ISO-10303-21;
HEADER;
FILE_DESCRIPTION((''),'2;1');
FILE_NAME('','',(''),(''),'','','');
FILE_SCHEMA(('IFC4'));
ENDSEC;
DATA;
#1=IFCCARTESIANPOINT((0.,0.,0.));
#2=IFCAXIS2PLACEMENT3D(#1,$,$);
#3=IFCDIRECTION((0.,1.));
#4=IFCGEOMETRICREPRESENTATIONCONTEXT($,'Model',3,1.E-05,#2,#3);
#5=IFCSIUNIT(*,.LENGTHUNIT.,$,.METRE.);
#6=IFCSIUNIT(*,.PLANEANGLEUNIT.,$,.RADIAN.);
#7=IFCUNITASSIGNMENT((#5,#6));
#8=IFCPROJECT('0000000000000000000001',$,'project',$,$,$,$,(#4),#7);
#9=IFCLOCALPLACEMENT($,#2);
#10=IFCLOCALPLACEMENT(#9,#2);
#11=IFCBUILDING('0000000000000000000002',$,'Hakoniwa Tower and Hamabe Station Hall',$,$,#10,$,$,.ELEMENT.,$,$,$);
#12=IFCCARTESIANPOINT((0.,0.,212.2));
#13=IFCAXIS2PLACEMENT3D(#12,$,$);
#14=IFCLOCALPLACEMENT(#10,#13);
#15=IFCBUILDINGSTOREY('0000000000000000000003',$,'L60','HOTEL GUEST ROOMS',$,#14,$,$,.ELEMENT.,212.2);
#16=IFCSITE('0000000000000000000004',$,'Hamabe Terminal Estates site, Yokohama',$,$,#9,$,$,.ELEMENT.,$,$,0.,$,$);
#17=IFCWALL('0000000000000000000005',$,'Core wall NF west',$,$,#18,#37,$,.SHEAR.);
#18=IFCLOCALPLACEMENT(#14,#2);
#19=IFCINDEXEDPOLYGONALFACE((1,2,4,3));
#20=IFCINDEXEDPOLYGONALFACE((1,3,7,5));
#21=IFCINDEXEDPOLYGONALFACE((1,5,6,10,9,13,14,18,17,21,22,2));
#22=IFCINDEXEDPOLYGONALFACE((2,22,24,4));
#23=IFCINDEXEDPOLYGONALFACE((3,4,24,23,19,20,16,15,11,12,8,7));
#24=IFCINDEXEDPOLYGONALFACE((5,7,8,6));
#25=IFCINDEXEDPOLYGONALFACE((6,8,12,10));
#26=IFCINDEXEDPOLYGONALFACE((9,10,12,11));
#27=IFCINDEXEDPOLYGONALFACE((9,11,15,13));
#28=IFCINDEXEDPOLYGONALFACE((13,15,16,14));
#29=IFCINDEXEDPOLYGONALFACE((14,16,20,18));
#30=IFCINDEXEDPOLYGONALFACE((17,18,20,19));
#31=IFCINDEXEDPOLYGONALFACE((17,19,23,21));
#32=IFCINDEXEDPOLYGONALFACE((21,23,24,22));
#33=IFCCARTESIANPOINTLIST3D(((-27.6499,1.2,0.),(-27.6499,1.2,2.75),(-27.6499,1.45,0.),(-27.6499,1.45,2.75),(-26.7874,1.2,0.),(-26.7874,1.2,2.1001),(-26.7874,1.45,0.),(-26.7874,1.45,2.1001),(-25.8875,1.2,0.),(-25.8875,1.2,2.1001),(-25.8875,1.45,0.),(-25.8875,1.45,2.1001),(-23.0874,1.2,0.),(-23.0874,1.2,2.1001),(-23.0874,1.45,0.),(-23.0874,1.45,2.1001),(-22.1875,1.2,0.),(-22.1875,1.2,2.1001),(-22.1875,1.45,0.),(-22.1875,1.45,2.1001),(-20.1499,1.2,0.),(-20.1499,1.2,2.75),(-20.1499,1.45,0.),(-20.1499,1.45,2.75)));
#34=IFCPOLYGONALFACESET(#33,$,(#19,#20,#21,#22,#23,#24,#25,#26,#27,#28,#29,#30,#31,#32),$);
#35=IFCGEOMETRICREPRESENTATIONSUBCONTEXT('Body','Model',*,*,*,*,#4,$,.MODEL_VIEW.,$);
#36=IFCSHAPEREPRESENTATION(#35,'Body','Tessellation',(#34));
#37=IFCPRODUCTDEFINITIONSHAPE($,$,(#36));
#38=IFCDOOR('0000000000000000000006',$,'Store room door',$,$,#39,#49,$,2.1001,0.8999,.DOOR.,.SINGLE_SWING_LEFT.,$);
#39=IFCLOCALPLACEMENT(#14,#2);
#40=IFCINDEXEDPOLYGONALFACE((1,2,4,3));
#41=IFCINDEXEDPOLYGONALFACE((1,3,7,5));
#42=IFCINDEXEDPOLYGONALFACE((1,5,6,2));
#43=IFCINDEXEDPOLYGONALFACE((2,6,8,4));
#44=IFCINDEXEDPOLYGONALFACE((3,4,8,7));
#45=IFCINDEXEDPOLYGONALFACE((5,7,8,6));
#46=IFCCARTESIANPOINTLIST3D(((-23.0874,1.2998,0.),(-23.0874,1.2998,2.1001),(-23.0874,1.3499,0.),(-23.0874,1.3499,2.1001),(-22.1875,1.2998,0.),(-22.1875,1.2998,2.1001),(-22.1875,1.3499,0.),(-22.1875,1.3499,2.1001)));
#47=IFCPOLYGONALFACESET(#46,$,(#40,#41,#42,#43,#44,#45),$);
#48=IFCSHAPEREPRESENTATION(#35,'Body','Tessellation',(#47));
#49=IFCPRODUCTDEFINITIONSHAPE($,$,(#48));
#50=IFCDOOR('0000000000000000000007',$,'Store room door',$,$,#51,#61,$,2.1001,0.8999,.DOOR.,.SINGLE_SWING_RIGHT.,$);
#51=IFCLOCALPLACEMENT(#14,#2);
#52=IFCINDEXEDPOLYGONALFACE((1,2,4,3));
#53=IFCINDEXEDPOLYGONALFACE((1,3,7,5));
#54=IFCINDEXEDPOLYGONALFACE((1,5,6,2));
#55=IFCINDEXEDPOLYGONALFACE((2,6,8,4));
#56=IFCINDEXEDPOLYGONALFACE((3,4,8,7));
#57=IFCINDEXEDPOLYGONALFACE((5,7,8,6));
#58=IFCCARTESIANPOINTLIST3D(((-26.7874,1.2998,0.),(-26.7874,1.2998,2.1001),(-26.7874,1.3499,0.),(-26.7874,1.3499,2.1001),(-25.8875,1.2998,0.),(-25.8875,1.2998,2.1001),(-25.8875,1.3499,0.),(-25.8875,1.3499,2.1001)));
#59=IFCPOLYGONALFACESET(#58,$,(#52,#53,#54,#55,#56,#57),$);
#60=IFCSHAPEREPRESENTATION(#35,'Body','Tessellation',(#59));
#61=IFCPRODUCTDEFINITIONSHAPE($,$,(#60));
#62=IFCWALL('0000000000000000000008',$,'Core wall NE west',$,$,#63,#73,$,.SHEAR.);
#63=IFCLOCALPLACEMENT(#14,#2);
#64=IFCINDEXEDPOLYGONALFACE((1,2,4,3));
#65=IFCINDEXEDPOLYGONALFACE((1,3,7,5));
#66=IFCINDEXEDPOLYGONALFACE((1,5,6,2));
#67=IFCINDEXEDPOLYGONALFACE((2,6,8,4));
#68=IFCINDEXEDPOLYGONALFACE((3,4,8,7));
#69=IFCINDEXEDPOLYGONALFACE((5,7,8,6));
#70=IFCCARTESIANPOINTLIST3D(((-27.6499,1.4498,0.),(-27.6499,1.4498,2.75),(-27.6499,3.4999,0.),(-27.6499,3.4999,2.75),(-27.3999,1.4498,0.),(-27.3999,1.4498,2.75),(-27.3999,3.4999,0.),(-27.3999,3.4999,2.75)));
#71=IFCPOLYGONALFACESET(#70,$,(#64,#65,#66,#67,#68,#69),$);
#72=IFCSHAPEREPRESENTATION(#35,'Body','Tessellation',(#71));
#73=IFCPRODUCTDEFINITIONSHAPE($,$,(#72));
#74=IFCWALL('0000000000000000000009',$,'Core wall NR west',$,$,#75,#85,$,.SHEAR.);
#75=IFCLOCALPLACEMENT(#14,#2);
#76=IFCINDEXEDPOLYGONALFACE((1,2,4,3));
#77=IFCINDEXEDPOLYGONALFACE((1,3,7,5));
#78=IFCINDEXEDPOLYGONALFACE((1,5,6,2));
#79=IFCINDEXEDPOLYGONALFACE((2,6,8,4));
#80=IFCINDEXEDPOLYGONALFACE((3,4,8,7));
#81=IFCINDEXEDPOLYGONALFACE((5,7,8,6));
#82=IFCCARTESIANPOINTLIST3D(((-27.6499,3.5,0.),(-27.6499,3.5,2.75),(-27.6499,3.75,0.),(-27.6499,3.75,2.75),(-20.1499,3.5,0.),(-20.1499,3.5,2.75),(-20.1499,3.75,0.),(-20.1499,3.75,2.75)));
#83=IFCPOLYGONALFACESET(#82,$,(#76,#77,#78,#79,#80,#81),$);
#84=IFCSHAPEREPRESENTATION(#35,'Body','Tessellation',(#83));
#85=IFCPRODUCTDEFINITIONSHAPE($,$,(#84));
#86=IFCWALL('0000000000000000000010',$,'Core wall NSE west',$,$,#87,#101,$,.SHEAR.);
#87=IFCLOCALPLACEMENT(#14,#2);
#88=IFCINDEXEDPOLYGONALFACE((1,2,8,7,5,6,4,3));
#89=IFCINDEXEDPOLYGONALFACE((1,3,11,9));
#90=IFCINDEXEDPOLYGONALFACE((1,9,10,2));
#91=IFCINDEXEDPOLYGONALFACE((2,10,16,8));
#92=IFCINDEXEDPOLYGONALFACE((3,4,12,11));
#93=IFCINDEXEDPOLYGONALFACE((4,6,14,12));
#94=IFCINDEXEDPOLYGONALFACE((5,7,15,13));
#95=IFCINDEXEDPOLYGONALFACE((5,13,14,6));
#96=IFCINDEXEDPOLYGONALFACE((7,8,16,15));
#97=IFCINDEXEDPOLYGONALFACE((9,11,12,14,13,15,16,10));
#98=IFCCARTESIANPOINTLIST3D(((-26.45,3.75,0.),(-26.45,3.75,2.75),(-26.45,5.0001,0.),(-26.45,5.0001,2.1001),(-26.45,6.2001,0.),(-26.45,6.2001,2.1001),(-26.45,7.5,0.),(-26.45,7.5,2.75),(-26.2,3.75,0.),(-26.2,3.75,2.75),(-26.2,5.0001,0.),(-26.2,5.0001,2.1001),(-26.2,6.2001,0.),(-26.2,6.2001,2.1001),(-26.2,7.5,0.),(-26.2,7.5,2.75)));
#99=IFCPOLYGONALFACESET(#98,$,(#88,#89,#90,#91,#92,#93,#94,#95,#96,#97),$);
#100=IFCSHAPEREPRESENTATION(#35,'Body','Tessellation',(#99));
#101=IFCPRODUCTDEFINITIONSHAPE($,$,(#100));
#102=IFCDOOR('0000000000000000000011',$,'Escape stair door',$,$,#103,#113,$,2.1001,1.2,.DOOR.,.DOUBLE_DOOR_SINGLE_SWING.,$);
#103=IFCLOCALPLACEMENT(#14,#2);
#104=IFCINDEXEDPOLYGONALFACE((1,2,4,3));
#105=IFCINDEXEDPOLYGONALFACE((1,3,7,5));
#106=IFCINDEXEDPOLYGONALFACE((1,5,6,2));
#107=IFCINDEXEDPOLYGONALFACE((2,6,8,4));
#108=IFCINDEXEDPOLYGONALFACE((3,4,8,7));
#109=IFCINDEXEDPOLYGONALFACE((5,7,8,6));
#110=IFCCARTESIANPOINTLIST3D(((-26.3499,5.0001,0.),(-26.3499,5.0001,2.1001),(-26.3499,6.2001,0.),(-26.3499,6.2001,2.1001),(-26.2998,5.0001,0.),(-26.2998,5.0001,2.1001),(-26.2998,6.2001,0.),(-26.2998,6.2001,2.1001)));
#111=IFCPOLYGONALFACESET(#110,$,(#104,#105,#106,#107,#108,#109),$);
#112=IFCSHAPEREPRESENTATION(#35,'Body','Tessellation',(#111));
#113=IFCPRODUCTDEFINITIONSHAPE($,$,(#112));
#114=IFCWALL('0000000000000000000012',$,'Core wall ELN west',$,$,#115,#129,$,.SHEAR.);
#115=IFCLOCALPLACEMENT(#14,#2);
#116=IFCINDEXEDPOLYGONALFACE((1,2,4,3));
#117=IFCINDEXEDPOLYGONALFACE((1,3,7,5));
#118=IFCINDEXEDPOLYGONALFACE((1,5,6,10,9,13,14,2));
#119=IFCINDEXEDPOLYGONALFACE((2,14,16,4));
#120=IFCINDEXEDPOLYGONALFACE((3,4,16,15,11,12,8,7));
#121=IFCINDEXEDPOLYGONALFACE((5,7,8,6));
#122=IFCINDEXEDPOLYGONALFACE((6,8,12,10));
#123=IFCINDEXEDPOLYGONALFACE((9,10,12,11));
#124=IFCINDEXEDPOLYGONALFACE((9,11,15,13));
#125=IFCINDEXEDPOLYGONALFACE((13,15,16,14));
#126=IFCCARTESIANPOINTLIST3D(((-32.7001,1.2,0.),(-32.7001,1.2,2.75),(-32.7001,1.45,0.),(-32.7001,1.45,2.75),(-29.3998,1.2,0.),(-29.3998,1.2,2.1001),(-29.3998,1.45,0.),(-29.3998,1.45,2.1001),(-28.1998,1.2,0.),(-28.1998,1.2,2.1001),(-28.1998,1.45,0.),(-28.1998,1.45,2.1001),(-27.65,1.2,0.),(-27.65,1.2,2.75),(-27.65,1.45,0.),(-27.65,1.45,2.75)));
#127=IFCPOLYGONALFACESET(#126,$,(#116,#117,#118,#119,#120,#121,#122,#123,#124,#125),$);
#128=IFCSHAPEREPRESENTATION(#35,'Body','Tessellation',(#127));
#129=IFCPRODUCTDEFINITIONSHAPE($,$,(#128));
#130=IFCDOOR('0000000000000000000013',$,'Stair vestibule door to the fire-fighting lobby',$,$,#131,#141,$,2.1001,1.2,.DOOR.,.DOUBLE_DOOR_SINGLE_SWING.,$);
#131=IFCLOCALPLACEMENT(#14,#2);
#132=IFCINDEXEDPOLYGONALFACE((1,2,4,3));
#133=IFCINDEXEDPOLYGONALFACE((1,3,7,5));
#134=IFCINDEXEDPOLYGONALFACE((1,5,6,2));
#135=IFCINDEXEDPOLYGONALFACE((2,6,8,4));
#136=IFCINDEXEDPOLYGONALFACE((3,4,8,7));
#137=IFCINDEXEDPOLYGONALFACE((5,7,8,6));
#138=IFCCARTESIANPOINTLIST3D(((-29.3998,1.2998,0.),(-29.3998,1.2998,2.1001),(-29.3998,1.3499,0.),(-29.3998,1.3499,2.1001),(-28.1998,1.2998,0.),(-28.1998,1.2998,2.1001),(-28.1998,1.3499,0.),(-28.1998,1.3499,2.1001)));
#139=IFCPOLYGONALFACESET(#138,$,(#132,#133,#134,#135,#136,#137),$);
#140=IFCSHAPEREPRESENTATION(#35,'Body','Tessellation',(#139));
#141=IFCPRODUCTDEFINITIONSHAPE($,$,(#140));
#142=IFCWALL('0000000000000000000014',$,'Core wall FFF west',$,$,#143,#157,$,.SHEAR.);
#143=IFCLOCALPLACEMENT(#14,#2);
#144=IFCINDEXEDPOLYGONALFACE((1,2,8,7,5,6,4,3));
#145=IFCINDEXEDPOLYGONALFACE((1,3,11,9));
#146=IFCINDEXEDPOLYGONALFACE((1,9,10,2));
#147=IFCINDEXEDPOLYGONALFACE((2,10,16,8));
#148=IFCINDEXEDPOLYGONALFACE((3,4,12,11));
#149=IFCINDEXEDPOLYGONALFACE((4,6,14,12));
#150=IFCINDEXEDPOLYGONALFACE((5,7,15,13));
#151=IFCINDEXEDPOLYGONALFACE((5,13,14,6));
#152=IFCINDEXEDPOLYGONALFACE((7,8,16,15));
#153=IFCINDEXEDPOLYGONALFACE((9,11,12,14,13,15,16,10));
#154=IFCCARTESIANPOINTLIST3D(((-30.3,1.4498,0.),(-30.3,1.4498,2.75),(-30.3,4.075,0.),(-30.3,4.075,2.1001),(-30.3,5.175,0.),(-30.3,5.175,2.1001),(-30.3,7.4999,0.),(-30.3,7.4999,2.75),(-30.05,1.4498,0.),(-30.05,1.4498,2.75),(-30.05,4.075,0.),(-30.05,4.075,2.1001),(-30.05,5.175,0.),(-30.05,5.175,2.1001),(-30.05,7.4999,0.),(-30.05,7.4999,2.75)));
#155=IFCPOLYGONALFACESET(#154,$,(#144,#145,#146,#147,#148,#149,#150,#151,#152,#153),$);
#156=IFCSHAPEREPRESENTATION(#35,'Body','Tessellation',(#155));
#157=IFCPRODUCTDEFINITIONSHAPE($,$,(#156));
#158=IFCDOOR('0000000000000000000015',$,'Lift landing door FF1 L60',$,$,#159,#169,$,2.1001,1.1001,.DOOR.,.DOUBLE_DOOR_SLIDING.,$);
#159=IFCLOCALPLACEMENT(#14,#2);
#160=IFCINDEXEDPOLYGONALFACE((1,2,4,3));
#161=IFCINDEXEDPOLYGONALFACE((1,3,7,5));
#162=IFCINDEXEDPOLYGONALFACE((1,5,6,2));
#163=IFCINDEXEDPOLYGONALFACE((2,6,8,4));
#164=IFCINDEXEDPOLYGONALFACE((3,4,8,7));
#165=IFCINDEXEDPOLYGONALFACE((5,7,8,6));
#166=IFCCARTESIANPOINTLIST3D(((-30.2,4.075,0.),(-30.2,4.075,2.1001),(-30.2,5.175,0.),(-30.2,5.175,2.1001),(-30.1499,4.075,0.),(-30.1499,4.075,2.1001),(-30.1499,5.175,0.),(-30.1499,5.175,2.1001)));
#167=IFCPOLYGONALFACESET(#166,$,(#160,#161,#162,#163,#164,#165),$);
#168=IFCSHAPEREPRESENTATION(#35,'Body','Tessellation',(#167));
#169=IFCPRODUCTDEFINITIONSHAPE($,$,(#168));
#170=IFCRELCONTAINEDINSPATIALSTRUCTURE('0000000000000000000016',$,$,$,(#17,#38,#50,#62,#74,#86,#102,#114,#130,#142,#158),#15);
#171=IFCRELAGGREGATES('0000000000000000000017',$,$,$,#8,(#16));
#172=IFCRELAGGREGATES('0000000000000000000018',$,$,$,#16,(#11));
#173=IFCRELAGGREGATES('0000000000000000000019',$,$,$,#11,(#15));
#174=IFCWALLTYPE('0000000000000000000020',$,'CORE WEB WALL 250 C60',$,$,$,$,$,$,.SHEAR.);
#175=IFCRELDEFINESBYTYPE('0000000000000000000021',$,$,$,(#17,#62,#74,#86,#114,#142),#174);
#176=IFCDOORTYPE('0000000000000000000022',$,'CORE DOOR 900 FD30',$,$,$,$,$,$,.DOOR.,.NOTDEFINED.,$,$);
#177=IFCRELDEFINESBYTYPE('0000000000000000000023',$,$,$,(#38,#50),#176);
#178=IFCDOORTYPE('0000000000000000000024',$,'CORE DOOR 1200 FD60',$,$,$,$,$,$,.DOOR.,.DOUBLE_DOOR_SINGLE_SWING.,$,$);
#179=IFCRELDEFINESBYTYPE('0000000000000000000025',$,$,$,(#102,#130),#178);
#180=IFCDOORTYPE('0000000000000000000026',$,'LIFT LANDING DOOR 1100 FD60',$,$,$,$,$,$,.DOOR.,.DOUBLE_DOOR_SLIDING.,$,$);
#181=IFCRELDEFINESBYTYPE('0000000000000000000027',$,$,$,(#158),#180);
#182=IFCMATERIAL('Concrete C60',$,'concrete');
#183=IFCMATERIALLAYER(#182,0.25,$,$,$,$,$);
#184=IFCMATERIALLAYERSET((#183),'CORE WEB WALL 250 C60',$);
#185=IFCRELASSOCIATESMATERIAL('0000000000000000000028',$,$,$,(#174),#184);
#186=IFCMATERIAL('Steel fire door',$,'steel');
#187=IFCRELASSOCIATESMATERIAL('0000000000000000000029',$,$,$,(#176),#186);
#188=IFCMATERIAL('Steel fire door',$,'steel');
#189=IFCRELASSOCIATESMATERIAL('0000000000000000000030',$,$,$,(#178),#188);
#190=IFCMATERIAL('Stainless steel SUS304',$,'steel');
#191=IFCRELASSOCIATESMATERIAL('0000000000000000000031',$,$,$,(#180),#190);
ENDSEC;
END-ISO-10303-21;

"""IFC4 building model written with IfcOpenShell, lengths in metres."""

from ifc_helpers import new_model, si_unit, direction, frame, frame_2d, origin, place, context, subcontext, project, spatial, rectangle, extrude, material, layer, layer_set, type_object, element, fill, save


model = new_model("IFC4")

# Units and contexts
model_context = context("Model", 3, precision=1e-05, world=origin(), true_north=direction((0.0, 1.0)))
body_context = subcontext(model_context, "Body", "Model", "MODEL_VIEW")
ifc_project = project(units=[si_unit("LENGTHUNIT", "METRE"), si_unit("PLANEANGLEUNIT", "RADIAN")], contexts=[model_context])

# Site, building, storey
site_placement = place(None, origin())
site = spatial("IfcSite", under=ifc_project, at=site_placement, Name="Hamabe Terminal Estates site, Yokohama", CompositionType="ELEMENT", RefElevation=0.0)
building_placement = place(site_placement, origin())
building = spatial("IfcBuilding", under=site, at=building_placement, Name="Hakoniwa Tower and Hamabe Station Hall", CompositionType="ELEMENT")
storey_placement = place(building_placement, frame((0.0, 0.0, 212.2)))
storey = spatial("IfcBuildingStorey", under=building, at=storey_placement, Name="L60", Description="HOTEL GUEST ROOMS", CompositionType="ELEMENT", Elevation=212.2)

# Wall, openings, doors
ifc_material_1 = material(Name="Concrete C60", Category="concrete")
ifc_layer_1 = layer(ifc_material_1, 0.25)
ifc_layer_set_1 = layer_set([ifc_layer_1], Name="CORE WEB WALL 250 C60")
wall_type_1 = type_object("IfcWallType", Name="CORE WEB WALL 250 C60", PredefinedType="SHEAR", material=ifc_layer_set_1)
wall_1_placement = place(storey_placement, frame((-27.6499, 1.325, 0.0), z_axis=(0.0, 0.0, 1.0), x_axis=(1.0, 0.0, 0.0)))
wall_1 = element("IfcWall", 1, at=wall_1_placement, inside=storey, type_object=wall_type_1, Name="Core wall NF west", PredefinedType="SHEAR", context=body_context, shape_type="SweptSolid", body=[
    extrude(rectangle(XDim=7.5, YDim=0.25, at=frame_2d((3.75, 0.0))), origin(), (0.0, 0.0, 1.0), 2.75),
])
opening_1_placement = place(wall_1_placement, frame((4.5625, 0.0, 0.0)))
opening_1 = element("IfcOpeningElement", 2, at=opening_1_placement, cuts=wall_1, PredefinedType="OPENING", context=body_context, shape_type="SweptSolid", body=[
    extrude(rectangle(XDim=0.8999, YDim=2.1001, at=frame_2d((0.45, 1.05))), frame((0.0, 0.135, 0.0), z_axis=(0.0, -1.0, 0.0), x_axis=(1.0, 0.0, 0.0)), (0.0, 0.0, 1.0), 0.27),
])
opening_2_placement = place(wall_1_placement, frame((0.8625, 0.0, 0.0)))
opening_2 = element("IfcOpeningElement", 3, at=opening_2_placement, cuts=wall_1, PredefinedType="OPENING", context=body_context, shape_type="SweptSolid", body=[
    extrude(rectangle(XDim=0.8999, YDim=2.1001, at=frame_2d((0.45, 1.05))), frame((0.0, 0.135, 0.0), z_axis=(0.0, -1.0, 0.0), x_axis=(1.0, 0.0, 0.0)), (0.0, 0.0, 1.0), 0.27),
])
ifc_material_2 = material(Name="Steel fire door", Category="steel")
door_type_1 = type_object("IfcDoorType", Name="CORE DOOR 900 FD30", OperationType="NOTDEFINED", PredefinedType="DOOR", material=ifc_material_2)
door_1_placement = place(opening_1_placement, origin())
door_1 = element("IfcDoor", 4, at=door_1_placement, inside=storey, type_object=door_type_1, Name="Store room door", OperationType="SINGLE_SWING_LEFT", OverallHeight=2.1001, OverallWidth=0.8999, PredefinedType="DOOR", context=body_context, shape_type="SweptSolid", body=[
    extrude(rectangle(XDim=0.8999, YDim=2.1001, at=frame_2d((0.45, 1.05))), frame((0.0, 0.0249, 0.0), z_axis=(0.0, -1.0, 0.0), x_axis=(1.0, 0.0, 0.0)), (0.0, 0.0, 1.0), 0.05),
])
fill(opening_1, door_1)
door_2_placement = place(opening_2_placement, origin())
door_2 = element("IfcDoor", 5, at=door_2_placement, inside=storey, type_object=door_type_1, Name="Store room door", OperationType="SINGLE_SWING_RIGHT", OverallHeight=2.1001, OverallWidth=0.8999, PredefinedType="DOOR", context=body_context, shape_type="SweptSolid", body=[
    extrude(rectangle(XDim=0.8999, YDim=2.1001, at=frame_2d((0.45, 1.05))), frame((0.0, 0.0249, 0.0), z_axis=(0.0, -1.0, 0.0), x_axis=(1.0, 0.0, 0.0)), (0.0, 0.0, 1.0), 0.05),
])
fill(opening_2, door_2)

# Walls
wall_2_placement = place(storey_placement, frame((-27.5249, 1.45, 0.0), z_axis=(0.0, 0.0, 1.0), x_axis=(0.0, 1.0, 0.0)))
element("IfcWall", 6, at=wall_2_placement, inside=storey, type_object=wall_type_1, Name="Core wall NE west", PredefinedType="SHEAR", context=body_context, shape_type="SweptSolid", body=[
    extrude(rectangle(XDim=2.05, YDim=0.25, at=frame_2d((1.0249, 0.0))), origin(), (0.0, 0.0, 1.0), 2.75),
])
wall_3_placement = place(storey_placement, frame((-27.6499, 3.625, 0.0), z_axis=(0.0, 0.0, 1.0), x_axis=(1.0, 0.0, 0.0)))
element("IfcWall", 7, at=wall_3_placement, inside=storey, type_object=wall_type_1, Name="Core wall NR west", PredefinedType="SHEAR", context=body_context, shape_type="SweptSolid", body=[
    extrude(rectangle(XDim=7.5, YDim=0.25, at=frame_2d((3.75, 0.0))), origin(), (0.0, 0.0, 1.0), 2.75),
])

# Walls, openings, doors
wall_4_placement = place(storey_placement, frame((-26.325, 3.75, 0.0), z_axis=(0.0, 0.0, 1.0), x_axis=(0.0, 1.0, 0.0)))
wall_4 = element("IfcWall", 8, at=wall_4_placement, inside=storey, type_object=wall_type_1, Name="Core wall NSE west", PredefinedType="SHEAR", context=body_context, shape_type="SweptSolid", body=[
    extrude(rectangle(XDim=3.75, YDim=0.25, at=frame_2d((1.875, 0.0))), origin(), (0.0, 0.0, 1.0), 2.75),
])
opening_3_placement = place(wall_4_placement, frame((1.25, 0.0, 0.0)))
opening_3 = element("IfcOpeningElement", 9, at=opening_3_placement, cuts=wall_4, PredefinedType="OPENING", context=body_context, shape_type="SweptSolid", body=[
    extrude(rectangle(XDim=1.2, YDim=2.1001, at=frame_2d((0.6001, 1.05))), frame((0.0, 0.135, 0.0), z_axis=(0.0, -1.0, 0.0), x_axis=(1.0, 0.0, 0.0)), (0.0, 0.0, 1.0), 0.27),
])
ifc_material_3 = material(Name="Steel fire door", Category="steel")
door_type_2 = type_object("IfcDoorType", Name="CORE DOOR 1200 FD60", OperationType="DOUBLE_DOOR_SINGLE_SWING", PredefinedType="DOOR", material=ifc_material_3)
door_3_placement = place(opening_3_placement, origin())
door_3 = element("IfcDoor", 10, at=door_3_placement, inside=storey, type_object=door_type_2, Name="Escape stair door", OperationType="DOUBLE_DOOR_SINGLE_SWING", OverallHeight=2.1001, OverallWidth=1.2, PredefinedType="DOOR", context=body_context, shape_type="SweptSolid", body=[
    extrude(rectangle(XDim=1.2, YDim=2.1001, at=frame_2d((0.6001, 1.05))), frame((0.0, 0.0249, 0.0), z_axis=(0.0, -1.0, 0.0), x_axis=(1.0, 0.0, 0.0)), (0.0, 0.0, 1.0), 0.05),
])
fill(opening_3, door_3)
wall_5_placement = place(storey_placement, frame((-32.7, 1.325, 0.0), z_axis=(0.0, 0.0, 1.0), x_axis=(1.0, 0.0, 0.0)))
wall_5 = element("IfcWall", 11, at=wall_5_placement, inside=storey, type_object=wall_type_1, Name="Core wall ELN west", PredefinedType="SHEAR", context=body_context, shape_type="SweptSolid", body=[
    extrude(rectangle(XDim=5.05, YDim=0.25, at=frame_2d((2.5249, 0.0))), origin(), (0.0, 0.0, 1.0), 2.75),
])
opening_4_placement = place(wall_5_placement, frame((3.3, 0.0, 0.0)))
opening_4 = element("IfcOpeningElement", 12, at=opening_4_placement, cuts=wall_5, PredefinedType="OPENING", context=body_context, shape_type="SweptSolid", body=[
    extrude(rectangle(XDim=1.2, YDim=2.1001, at=frame_2d((0.6001, 1.05))), frame((0.0, 0.135, 0.0), z_axis=(0.0, -1.0, 0.0), x_axis=(1.0, 0.0, 0.0)), (0.0, 0.0, 1.0), 0.27),
])
door_4_placement = place(opening_4_placement, origin())
door_4 = element("IfcDoor", 13, at=door_4_placement, inside=storey, type_object=door_type_2, Name="Stair vestibule door to the fire-fighting lobby", OperationType="DOUBLE_DOOR_SINGLE_SWING", OverallHeight=2.1001, OverallWidth=1.2, PredefinedType="DOOR", context=body_context, shape_type="SweptSolid", body=[
    extrude(rectangle(XDim=1.2, YDim=2.1001, at=frame_2d((0.6001, 1.05))), frame((0.0, 0.0249, 0.0), z_axis=(0.0, -1.0, 0.0), x_axis=(1.0, 0.0, 0.0)), (0.0, 0.0, 1.0), 0.05),
])
fill(opening_4, door_4)
wall_6_placement = place(storey_placement, frame((-30.175, 1.45, 0.0), z_axis=(0.0, 0.0, 1.0), x_axis=(0.0, 1.0, 0.0)))
wall_6 = element("IfcWall", 14, at=wall_6_placement, inside=storey, type_object=wall_type_1, Name="Core wall FFF west", PredefinedType="SHEAR", context=body_context, shape_type="SweptSolid", body=[
    extrude(rectangle(XDim=6.05, YDim=0.25, at=frame_2d((3.0249, 0.0))), origin(), (0.0, 0.0, 1.0), 2.75),
])
opening_5_placement = place(wall_6_placement, frame((2.625, 0.0, 0.0)))
opening_5 = element("IfcOpeningElement", 15, at=opening_5_placement, cuts=wall_6, PredefinedType="OPENING", context=body_context, shape_type="SweptSolid", body=[
    extrude(rectangle(XDim=1.1001, YDim=2.1001, at=frame_2d((0.55, 1.05))), frame((0.0, 0.135, 0.0), z_axis=(0.0, -1.0, 0.0), x_axis=(1.0, 0.0, 0.0)), (0.0, 0.0, 1.0), 0.27),
])
ifc_material_4 = material(Name="Stainless steel SUS304", Category="steel")
door_type_3 = type_object("IfcDoorType", Name="LIFT LANDING DOOR 1100 FD60", OperationType="DOUBLE_DOOR_SLIDING", PredefinedType="DOOR", material=ifc_material_4)
door_5_placement = place(opening_5_placement, origin())
door_5 = element("IfcDoor", 16, at=door_5_placement, inside=storey, type_object=door_type_3, Name="Lift landing door FF1 L60", OperationType="DOUBLE_DOOR_SLIDING", OverallHeight=2.1001, OverallWidth=1.1001, PredefinedType="DOOR", context=body_context, shape_type="SweptSolid", body=[
    extrude(rectangle(XDim=1.1001, YDim=2.1001, at=frame_2d((0.55, 1.05))), frame((0.0, 0.0249, 0.0), z_axis=(0.0, -1.0, 0.0), x_axis=(1.0, 0.0, 0.0)), (0.0, 0.0, 1.0), 0.05),
])
fill(opening_5, door_5)

save(model, "model.ifc")
